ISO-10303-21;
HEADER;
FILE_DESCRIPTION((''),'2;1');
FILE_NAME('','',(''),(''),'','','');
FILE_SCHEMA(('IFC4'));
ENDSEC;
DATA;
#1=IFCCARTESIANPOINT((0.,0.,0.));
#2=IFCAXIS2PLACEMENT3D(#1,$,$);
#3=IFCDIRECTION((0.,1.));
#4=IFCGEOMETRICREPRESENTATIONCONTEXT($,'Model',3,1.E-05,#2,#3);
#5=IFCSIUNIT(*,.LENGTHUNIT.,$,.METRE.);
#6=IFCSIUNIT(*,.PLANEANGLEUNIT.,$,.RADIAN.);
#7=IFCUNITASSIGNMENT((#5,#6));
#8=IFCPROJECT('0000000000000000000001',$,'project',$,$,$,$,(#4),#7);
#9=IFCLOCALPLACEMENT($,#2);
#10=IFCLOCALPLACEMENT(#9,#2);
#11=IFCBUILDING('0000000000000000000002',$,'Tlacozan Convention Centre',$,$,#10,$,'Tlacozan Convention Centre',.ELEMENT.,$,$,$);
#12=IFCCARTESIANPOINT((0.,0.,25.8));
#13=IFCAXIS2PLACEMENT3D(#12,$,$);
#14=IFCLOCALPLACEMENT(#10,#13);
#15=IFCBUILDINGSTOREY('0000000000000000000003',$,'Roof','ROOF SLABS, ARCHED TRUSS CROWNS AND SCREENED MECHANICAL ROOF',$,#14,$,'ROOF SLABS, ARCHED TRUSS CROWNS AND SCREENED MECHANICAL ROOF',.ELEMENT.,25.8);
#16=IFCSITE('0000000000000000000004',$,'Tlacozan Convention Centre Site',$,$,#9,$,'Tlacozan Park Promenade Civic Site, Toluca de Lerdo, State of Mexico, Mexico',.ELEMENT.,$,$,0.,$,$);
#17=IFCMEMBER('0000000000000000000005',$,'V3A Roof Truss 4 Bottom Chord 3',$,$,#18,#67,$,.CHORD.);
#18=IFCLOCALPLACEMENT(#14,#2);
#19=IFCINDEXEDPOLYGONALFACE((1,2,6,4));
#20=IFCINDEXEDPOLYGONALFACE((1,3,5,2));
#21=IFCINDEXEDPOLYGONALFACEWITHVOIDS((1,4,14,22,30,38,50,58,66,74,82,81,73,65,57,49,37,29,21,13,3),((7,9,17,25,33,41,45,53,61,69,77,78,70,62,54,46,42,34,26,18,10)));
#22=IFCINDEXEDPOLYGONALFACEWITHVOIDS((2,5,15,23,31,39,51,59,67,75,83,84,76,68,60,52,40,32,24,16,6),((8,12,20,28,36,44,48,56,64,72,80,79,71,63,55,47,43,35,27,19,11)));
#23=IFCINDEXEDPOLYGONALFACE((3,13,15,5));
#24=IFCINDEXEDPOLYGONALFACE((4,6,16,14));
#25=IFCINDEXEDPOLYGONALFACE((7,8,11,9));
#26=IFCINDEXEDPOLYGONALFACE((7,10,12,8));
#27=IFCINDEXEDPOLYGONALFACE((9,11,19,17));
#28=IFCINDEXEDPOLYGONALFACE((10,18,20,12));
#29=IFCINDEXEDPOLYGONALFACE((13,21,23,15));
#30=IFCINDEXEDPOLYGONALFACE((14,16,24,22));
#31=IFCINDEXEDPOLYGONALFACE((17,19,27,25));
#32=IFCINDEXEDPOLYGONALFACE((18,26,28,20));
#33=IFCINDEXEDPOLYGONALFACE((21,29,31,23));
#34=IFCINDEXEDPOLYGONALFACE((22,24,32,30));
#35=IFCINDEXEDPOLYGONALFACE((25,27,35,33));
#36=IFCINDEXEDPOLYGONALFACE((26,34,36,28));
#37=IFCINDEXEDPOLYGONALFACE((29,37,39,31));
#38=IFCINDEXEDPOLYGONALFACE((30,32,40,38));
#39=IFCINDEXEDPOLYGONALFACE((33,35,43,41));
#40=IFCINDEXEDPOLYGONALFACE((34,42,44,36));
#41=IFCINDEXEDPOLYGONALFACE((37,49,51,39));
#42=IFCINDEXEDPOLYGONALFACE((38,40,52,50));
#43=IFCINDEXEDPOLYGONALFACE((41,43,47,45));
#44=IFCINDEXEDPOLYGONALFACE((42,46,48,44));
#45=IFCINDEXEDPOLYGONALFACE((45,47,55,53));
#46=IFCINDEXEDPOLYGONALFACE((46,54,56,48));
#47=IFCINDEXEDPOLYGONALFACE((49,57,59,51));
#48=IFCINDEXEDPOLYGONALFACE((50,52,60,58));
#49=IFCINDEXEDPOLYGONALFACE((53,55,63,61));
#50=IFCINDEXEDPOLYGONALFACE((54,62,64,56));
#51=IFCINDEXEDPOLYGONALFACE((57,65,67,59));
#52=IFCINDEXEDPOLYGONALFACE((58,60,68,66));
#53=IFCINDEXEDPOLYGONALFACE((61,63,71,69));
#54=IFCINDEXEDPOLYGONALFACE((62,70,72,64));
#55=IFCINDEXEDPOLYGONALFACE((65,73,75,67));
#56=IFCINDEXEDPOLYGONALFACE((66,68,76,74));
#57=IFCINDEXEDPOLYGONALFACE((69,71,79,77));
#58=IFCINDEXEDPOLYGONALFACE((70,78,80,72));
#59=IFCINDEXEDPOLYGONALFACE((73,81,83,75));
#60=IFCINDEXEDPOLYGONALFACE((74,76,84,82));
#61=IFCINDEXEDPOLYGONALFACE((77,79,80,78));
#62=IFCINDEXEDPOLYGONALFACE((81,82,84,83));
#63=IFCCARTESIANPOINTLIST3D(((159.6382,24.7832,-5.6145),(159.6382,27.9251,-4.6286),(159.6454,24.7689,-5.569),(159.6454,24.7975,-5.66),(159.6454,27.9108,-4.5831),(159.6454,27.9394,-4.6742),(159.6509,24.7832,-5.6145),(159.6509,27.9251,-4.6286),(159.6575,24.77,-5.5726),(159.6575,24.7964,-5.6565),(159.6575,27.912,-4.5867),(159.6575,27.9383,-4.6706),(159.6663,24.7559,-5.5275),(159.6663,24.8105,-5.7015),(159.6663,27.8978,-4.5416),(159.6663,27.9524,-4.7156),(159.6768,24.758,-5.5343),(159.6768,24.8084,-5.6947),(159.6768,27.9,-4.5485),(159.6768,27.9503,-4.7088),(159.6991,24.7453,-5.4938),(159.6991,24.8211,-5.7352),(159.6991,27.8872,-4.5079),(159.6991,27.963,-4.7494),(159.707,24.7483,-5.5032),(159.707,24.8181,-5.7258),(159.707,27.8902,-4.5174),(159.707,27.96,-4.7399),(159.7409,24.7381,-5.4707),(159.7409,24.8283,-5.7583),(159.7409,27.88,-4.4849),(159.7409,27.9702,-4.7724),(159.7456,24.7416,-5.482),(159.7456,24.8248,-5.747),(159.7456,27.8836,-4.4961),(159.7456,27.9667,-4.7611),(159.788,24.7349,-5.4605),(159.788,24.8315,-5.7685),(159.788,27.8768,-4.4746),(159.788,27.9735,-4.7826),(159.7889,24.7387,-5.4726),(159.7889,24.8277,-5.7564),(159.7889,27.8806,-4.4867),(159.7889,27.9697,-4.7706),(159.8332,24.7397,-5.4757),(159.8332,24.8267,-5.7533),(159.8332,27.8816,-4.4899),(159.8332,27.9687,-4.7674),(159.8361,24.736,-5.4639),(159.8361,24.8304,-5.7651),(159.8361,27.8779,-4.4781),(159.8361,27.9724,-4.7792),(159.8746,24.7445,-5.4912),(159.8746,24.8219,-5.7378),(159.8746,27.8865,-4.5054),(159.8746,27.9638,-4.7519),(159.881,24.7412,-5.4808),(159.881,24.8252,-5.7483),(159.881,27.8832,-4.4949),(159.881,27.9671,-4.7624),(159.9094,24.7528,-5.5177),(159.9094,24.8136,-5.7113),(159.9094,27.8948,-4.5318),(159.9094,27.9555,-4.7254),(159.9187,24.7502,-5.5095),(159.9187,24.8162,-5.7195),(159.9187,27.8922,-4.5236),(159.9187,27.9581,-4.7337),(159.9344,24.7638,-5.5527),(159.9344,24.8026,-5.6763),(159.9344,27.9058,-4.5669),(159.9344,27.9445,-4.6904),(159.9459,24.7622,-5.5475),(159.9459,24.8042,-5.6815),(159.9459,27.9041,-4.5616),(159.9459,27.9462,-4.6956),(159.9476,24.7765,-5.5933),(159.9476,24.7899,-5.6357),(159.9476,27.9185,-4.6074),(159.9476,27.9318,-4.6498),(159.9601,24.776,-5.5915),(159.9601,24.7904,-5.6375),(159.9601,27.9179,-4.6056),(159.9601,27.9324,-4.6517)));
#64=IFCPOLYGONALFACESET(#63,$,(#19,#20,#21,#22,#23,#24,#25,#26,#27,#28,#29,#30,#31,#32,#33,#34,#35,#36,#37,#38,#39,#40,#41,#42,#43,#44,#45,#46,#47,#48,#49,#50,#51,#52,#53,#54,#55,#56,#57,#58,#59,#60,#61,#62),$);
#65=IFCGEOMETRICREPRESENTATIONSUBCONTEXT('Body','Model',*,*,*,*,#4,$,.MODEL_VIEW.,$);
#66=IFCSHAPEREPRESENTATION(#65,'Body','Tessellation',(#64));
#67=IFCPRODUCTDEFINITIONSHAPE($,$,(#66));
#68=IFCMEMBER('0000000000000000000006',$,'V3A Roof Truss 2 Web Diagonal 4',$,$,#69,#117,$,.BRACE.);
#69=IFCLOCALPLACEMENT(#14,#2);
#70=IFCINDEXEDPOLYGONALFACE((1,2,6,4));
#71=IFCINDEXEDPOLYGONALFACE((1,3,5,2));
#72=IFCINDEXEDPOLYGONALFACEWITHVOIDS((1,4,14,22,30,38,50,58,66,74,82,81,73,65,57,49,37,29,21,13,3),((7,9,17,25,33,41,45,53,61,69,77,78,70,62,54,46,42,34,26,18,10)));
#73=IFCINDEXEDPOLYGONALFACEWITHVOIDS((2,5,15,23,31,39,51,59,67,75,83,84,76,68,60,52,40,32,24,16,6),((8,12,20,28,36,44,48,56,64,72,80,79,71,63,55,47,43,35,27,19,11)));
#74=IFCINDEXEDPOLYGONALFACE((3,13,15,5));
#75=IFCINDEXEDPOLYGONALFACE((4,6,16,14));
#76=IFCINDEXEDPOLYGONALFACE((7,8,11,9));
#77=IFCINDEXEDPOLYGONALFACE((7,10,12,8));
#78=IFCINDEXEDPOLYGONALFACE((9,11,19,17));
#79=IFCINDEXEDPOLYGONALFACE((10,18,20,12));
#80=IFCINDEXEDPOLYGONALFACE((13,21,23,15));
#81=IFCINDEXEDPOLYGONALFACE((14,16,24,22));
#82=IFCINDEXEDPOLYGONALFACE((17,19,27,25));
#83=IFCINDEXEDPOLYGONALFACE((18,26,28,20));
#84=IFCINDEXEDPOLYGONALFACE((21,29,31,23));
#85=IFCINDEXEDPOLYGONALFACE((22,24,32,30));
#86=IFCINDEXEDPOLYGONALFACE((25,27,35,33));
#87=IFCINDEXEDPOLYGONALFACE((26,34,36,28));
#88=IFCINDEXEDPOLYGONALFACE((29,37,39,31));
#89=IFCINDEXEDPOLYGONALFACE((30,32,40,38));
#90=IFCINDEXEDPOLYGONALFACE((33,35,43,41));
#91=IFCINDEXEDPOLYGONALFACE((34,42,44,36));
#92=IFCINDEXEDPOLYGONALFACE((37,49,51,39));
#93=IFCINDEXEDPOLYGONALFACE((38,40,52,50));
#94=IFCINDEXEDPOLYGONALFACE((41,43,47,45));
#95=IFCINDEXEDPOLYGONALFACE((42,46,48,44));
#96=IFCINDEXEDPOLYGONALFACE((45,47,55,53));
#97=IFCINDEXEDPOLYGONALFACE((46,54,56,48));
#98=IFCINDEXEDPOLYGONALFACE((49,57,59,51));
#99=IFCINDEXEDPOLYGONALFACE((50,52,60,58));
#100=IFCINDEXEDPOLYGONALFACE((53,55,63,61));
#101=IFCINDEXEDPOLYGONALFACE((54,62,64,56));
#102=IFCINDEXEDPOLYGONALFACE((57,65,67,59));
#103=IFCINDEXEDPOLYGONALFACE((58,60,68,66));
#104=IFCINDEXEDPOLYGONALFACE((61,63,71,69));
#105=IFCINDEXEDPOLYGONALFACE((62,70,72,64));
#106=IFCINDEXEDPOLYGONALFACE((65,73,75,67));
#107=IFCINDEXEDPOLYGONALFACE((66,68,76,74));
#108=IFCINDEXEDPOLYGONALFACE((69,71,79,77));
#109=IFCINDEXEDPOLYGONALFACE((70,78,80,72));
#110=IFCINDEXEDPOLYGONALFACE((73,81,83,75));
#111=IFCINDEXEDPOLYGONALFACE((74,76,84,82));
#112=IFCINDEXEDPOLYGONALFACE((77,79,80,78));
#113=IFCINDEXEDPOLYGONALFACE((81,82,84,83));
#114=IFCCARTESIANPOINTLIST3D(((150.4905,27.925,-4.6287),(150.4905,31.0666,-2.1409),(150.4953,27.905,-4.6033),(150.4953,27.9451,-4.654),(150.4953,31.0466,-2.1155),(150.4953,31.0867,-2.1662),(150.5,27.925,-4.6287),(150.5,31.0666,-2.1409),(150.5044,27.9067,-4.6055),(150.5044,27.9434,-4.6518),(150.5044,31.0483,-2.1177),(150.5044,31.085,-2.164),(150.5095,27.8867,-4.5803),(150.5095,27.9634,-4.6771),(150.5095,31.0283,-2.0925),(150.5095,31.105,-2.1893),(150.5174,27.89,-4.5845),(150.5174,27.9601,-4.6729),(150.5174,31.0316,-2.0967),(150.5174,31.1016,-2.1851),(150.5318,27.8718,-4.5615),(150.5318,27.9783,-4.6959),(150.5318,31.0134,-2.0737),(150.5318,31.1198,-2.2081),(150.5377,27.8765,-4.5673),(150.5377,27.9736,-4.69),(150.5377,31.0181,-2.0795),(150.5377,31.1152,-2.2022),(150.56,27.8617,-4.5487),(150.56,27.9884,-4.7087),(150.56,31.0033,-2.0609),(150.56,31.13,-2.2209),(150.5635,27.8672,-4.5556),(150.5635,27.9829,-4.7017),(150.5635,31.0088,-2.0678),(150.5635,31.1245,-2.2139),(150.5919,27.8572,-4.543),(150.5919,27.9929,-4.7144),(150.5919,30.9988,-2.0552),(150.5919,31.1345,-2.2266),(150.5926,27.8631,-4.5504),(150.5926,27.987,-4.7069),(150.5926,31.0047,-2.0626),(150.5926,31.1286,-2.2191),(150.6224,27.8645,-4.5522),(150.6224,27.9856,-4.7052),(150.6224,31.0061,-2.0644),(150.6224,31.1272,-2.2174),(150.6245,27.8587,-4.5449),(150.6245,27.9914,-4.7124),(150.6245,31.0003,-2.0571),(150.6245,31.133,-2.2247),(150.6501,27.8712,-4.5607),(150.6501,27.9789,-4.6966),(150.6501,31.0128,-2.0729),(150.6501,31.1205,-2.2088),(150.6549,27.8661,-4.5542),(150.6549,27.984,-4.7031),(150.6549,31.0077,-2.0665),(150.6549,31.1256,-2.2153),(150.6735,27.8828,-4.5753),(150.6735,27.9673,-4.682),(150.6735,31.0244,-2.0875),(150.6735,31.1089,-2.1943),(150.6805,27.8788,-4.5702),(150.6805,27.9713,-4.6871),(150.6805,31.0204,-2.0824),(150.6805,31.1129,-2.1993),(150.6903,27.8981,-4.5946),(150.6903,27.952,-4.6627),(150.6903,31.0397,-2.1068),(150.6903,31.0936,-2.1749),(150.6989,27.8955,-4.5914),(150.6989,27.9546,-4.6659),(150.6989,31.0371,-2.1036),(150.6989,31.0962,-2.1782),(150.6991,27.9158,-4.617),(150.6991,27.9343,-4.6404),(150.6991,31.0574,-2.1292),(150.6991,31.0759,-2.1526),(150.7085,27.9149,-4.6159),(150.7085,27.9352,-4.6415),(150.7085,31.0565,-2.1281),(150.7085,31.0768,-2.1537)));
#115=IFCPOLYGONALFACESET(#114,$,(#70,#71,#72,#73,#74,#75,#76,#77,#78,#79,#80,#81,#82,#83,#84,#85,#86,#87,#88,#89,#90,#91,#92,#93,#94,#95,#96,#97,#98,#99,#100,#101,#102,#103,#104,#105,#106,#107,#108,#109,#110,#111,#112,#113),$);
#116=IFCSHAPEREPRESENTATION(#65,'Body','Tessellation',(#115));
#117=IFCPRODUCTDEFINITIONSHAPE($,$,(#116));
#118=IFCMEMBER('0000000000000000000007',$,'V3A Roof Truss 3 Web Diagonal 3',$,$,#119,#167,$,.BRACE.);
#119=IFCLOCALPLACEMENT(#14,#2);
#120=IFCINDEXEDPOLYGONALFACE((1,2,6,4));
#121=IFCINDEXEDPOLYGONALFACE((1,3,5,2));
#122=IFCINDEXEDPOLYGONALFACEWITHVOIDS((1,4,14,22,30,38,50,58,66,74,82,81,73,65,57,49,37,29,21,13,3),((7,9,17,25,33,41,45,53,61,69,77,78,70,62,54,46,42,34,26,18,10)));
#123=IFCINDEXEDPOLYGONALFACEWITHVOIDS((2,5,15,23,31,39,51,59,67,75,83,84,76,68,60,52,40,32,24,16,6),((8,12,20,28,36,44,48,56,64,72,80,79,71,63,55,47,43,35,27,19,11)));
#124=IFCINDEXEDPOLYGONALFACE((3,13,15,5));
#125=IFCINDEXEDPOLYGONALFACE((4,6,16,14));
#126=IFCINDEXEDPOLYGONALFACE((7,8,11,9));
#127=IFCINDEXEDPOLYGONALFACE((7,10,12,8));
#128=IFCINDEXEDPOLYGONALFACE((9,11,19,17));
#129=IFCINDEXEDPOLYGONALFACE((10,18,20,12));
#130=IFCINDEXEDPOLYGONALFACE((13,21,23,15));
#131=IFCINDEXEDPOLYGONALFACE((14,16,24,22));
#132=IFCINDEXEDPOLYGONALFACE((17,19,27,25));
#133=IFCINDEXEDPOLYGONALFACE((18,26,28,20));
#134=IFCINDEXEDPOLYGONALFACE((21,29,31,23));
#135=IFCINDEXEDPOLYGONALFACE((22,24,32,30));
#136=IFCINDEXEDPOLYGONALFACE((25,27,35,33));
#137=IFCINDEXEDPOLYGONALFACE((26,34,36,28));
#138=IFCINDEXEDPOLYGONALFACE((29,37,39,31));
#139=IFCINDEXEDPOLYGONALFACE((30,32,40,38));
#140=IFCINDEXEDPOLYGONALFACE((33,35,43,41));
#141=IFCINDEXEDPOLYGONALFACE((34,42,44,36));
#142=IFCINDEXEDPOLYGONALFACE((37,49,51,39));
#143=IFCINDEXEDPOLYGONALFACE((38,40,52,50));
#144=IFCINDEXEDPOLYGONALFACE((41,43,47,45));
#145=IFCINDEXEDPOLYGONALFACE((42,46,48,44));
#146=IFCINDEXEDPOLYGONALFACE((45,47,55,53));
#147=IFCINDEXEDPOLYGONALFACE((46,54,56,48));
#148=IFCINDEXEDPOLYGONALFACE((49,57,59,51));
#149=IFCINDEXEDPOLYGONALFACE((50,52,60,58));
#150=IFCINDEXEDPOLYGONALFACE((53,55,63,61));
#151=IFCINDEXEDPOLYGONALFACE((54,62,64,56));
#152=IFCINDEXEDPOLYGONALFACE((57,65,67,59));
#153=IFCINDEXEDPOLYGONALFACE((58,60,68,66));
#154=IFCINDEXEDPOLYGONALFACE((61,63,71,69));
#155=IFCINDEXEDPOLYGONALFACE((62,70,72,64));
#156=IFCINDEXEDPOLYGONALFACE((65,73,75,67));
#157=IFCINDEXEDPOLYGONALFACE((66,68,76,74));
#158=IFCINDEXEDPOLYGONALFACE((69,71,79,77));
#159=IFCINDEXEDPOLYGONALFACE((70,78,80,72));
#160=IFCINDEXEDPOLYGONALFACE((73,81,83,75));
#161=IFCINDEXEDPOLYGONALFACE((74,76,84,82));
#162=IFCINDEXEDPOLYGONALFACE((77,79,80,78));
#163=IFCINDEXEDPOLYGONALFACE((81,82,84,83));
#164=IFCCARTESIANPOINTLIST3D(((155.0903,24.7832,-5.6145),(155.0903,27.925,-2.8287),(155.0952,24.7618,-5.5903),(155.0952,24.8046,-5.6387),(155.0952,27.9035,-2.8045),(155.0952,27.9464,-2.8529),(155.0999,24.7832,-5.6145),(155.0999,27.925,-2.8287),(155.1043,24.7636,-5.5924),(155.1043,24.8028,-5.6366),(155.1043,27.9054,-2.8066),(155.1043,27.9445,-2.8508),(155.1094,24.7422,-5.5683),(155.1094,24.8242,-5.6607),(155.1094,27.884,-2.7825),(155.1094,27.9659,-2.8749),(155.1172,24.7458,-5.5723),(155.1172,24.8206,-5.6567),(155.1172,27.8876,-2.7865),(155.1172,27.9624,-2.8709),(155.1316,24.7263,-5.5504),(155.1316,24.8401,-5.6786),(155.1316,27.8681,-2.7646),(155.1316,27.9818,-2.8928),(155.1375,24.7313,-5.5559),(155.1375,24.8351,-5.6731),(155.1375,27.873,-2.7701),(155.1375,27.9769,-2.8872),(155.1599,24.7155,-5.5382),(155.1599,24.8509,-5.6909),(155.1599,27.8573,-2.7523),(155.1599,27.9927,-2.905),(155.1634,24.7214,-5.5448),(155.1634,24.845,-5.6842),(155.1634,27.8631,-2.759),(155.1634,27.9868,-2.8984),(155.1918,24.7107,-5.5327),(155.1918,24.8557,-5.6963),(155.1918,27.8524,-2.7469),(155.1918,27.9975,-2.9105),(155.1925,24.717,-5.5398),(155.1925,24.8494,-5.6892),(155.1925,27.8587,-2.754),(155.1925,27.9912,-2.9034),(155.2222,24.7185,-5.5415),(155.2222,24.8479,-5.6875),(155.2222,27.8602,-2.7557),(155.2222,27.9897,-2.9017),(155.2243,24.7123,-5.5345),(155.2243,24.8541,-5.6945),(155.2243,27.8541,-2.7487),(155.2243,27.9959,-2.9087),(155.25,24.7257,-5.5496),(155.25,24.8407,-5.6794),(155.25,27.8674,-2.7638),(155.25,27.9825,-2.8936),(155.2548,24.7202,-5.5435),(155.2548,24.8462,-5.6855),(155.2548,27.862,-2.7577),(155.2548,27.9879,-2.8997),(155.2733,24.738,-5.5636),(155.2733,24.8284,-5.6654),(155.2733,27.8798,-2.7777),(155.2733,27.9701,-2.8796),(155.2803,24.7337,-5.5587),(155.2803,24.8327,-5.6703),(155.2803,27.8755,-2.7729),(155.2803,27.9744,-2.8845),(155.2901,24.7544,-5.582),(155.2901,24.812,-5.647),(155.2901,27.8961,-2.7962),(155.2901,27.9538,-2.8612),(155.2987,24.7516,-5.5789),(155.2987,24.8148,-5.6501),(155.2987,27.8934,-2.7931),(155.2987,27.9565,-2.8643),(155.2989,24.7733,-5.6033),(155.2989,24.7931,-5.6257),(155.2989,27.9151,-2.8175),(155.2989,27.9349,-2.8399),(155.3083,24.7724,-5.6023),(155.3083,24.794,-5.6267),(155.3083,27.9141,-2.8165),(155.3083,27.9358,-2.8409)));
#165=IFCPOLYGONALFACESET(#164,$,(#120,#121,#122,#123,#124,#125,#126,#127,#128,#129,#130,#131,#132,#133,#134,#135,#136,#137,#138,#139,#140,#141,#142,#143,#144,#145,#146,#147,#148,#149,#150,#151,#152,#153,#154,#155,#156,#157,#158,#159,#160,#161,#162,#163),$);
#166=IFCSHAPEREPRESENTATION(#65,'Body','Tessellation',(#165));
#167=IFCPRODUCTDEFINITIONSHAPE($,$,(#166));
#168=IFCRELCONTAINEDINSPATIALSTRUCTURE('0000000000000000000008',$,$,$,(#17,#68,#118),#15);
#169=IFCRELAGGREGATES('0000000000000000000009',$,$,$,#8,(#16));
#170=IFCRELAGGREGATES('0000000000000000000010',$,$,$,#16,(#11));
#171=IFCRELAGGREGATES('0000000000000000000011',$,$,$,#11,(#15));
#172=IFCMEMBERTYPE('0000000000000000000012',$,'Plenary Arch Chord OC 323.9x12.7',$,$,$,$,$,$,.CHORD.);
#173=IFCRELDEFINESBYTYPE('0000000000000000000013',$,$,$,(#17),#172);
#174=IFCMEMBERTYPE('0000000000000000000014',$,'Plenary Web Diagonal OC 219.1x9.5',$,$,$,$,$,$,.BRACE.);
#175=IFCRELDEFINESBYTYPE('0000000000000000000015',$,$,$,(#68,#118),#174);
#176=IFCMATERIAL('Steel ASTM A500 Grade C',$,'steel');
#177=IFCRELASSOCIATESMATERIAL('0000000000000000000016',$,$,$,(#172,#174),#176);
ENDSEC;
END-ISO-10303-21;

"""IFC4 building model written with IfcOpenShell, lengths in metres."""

from ifc_helpers import new_model, si_unit, direction, frame, origin, origin_2d, place, context, subcontext, project, spatial, hollow_circle, extrude, material, material_profile, profile_set, type_object, element, save


model = new_model("IFC4")

# Units and contexts
model_context = context("Model", 3, precision=1e-05, world=origin(), true_north=direction((0.0, 1.0)))
body_context = subcontext(model_context, "Body", "Model", "MODEL_VIEW")
ifc_project = project(units=[si_unit("LENGTHUNIT", "METRE"), si_unit("PLANEANGLEUNIT", "RADIAN")], contexts=[model_context])

# Site, building, storey
site_placement = place(None, origin())
site = spatial("IfcSite", under=ifc_project, at=site_placement, Name="Tlacozan Convention Centre Site", LongName="Tlacozan Park Promenade Civic Site, Toluca de Lerdo, State of Mexico, Mexico", CompositionType="ELEMENT", RefElevation=0.0)
building_placement = place(site_placement, origin())
building = spatial("IfcBuilding", under=site, at=building_placement, Name="Tlacozan Convention Centre", LongName="Tlacozan Convention Centre", CompositionType="ELEMENT")
storey_placement = place(building_placement, frame((0.0, 0.0, 25.8)))
storey = spatial("IfcBuildingStorey", under=building, at=storey_placement, Name="Roof", Description="ROOF SLABS, ARCHED TRUSS CROWNS AND SCREENED MECHANICAL ROOF", LongName="ROOF SLABS, ARCHED TRUSS CROWNS AND SCREENED MECHANICAL ROOF", CompositionType="ELEMENT", Elevation=25.8)

# Members
ifc_material_1 = material(Name="Steel ASTM A500 Grade C", Category="steel")
ifc_material_profile_1 = material_profile(ifc_material_1, hollow_circle(Radius=0.1619, WallThickness=0.0127, at=origin_2d()), Name="OC 323.9x12.7")
ifc_profile_set_1 = profile_set([ifc_material_profile_1], Name="Steel ASTM A500 Grade C")
member_type_1 = type_object("IfcMemberType", Name="Plenary Arch Chord OC 323.9x12.7", PredefinedType="CHORD", material=ifc_profile_set_1)
for number, where, z_axis, x_axis, name in (
    (1, (159.8, 24.7832, -5.6145), (0.0, 0.954132, 0.299385), (-1.0, 0.0, 0.0), "V3A Roof Truss 4 Bottom Chord 3"),
):
    element("IfcMember", number, at=place(storey_placement, frame(where, z_axis=z_axis, x_axis=x_axis)), inside=storey, type_object=member_type_1, Name=name, PredefinedType="CHORD", context=body_context, shape_type="SweptSolid", body=[
        extrude(hollow_circle(Radius=0.1619, WallThickness=0.0127, at=origin_2d()), origin(), (0.0, 0.0, 1.0), 3.293),
    ])
ifc_material_profile_2 = material_profile(ifc_material_1, hollow_circle(Radius=0.1096, WallThickness=0.0095, at=origin_2d()), Name="OC 219.1x9.5")
ifc_profile_set_2 = profile_set([ifc_material_profile_2], Name="Steel ASTM A500 Grade C")
member_type_2 = type_object("IfcMemberType", Name="Plenary Web Diagonal OC 219.1x9.5", PredefinedType="BRACE", material=ifc_profile_set_2)
member_1_placement = place(storey_placement, frame((150.6001, 27.925, -4.6287), z_axis=(0.0, 0.783962, 0.620809), x_axis=(-1.0, 0.0, 0.0)))
element("IfcMember", 2, at=member_1_placement, inside=storey, type_object=member_type_2, Name="V3A Roof Truss 2 Web Diagonal 4", PredefinedType="BRACE", context=body_context, shape_type="SweptSolid", body=[
    extrude(hollow_circle(Radius=0.1096, WallThickness=0.0095, at=origin_2d()), origin(), (0.0, 0.0, 1.0), 4.0073),
])
member_2_placement = place(storey_placement, frame((155.2, 24.7832, -5.6145), z_axis=(0.0, 0.74822, 0.66345), x_axis=(-1.0, 0.0, 0.0)))
element("IfcMember", 3, at=member_2_placement, inside=storey, type_object=member_type_2, Name="V3A Roof Truss 3 Web Diagonal 3", PredefinedType="BRACE", context=body_context, shape_type="SweptSolid", body=[
    extrude(hollow_circle(Radius=0.1096, WallThickness=0.0095, at=origin_2d()), origin(), (0.0, 0.0, 1.0), 4.199),
])

save(model, "model.ifc")
